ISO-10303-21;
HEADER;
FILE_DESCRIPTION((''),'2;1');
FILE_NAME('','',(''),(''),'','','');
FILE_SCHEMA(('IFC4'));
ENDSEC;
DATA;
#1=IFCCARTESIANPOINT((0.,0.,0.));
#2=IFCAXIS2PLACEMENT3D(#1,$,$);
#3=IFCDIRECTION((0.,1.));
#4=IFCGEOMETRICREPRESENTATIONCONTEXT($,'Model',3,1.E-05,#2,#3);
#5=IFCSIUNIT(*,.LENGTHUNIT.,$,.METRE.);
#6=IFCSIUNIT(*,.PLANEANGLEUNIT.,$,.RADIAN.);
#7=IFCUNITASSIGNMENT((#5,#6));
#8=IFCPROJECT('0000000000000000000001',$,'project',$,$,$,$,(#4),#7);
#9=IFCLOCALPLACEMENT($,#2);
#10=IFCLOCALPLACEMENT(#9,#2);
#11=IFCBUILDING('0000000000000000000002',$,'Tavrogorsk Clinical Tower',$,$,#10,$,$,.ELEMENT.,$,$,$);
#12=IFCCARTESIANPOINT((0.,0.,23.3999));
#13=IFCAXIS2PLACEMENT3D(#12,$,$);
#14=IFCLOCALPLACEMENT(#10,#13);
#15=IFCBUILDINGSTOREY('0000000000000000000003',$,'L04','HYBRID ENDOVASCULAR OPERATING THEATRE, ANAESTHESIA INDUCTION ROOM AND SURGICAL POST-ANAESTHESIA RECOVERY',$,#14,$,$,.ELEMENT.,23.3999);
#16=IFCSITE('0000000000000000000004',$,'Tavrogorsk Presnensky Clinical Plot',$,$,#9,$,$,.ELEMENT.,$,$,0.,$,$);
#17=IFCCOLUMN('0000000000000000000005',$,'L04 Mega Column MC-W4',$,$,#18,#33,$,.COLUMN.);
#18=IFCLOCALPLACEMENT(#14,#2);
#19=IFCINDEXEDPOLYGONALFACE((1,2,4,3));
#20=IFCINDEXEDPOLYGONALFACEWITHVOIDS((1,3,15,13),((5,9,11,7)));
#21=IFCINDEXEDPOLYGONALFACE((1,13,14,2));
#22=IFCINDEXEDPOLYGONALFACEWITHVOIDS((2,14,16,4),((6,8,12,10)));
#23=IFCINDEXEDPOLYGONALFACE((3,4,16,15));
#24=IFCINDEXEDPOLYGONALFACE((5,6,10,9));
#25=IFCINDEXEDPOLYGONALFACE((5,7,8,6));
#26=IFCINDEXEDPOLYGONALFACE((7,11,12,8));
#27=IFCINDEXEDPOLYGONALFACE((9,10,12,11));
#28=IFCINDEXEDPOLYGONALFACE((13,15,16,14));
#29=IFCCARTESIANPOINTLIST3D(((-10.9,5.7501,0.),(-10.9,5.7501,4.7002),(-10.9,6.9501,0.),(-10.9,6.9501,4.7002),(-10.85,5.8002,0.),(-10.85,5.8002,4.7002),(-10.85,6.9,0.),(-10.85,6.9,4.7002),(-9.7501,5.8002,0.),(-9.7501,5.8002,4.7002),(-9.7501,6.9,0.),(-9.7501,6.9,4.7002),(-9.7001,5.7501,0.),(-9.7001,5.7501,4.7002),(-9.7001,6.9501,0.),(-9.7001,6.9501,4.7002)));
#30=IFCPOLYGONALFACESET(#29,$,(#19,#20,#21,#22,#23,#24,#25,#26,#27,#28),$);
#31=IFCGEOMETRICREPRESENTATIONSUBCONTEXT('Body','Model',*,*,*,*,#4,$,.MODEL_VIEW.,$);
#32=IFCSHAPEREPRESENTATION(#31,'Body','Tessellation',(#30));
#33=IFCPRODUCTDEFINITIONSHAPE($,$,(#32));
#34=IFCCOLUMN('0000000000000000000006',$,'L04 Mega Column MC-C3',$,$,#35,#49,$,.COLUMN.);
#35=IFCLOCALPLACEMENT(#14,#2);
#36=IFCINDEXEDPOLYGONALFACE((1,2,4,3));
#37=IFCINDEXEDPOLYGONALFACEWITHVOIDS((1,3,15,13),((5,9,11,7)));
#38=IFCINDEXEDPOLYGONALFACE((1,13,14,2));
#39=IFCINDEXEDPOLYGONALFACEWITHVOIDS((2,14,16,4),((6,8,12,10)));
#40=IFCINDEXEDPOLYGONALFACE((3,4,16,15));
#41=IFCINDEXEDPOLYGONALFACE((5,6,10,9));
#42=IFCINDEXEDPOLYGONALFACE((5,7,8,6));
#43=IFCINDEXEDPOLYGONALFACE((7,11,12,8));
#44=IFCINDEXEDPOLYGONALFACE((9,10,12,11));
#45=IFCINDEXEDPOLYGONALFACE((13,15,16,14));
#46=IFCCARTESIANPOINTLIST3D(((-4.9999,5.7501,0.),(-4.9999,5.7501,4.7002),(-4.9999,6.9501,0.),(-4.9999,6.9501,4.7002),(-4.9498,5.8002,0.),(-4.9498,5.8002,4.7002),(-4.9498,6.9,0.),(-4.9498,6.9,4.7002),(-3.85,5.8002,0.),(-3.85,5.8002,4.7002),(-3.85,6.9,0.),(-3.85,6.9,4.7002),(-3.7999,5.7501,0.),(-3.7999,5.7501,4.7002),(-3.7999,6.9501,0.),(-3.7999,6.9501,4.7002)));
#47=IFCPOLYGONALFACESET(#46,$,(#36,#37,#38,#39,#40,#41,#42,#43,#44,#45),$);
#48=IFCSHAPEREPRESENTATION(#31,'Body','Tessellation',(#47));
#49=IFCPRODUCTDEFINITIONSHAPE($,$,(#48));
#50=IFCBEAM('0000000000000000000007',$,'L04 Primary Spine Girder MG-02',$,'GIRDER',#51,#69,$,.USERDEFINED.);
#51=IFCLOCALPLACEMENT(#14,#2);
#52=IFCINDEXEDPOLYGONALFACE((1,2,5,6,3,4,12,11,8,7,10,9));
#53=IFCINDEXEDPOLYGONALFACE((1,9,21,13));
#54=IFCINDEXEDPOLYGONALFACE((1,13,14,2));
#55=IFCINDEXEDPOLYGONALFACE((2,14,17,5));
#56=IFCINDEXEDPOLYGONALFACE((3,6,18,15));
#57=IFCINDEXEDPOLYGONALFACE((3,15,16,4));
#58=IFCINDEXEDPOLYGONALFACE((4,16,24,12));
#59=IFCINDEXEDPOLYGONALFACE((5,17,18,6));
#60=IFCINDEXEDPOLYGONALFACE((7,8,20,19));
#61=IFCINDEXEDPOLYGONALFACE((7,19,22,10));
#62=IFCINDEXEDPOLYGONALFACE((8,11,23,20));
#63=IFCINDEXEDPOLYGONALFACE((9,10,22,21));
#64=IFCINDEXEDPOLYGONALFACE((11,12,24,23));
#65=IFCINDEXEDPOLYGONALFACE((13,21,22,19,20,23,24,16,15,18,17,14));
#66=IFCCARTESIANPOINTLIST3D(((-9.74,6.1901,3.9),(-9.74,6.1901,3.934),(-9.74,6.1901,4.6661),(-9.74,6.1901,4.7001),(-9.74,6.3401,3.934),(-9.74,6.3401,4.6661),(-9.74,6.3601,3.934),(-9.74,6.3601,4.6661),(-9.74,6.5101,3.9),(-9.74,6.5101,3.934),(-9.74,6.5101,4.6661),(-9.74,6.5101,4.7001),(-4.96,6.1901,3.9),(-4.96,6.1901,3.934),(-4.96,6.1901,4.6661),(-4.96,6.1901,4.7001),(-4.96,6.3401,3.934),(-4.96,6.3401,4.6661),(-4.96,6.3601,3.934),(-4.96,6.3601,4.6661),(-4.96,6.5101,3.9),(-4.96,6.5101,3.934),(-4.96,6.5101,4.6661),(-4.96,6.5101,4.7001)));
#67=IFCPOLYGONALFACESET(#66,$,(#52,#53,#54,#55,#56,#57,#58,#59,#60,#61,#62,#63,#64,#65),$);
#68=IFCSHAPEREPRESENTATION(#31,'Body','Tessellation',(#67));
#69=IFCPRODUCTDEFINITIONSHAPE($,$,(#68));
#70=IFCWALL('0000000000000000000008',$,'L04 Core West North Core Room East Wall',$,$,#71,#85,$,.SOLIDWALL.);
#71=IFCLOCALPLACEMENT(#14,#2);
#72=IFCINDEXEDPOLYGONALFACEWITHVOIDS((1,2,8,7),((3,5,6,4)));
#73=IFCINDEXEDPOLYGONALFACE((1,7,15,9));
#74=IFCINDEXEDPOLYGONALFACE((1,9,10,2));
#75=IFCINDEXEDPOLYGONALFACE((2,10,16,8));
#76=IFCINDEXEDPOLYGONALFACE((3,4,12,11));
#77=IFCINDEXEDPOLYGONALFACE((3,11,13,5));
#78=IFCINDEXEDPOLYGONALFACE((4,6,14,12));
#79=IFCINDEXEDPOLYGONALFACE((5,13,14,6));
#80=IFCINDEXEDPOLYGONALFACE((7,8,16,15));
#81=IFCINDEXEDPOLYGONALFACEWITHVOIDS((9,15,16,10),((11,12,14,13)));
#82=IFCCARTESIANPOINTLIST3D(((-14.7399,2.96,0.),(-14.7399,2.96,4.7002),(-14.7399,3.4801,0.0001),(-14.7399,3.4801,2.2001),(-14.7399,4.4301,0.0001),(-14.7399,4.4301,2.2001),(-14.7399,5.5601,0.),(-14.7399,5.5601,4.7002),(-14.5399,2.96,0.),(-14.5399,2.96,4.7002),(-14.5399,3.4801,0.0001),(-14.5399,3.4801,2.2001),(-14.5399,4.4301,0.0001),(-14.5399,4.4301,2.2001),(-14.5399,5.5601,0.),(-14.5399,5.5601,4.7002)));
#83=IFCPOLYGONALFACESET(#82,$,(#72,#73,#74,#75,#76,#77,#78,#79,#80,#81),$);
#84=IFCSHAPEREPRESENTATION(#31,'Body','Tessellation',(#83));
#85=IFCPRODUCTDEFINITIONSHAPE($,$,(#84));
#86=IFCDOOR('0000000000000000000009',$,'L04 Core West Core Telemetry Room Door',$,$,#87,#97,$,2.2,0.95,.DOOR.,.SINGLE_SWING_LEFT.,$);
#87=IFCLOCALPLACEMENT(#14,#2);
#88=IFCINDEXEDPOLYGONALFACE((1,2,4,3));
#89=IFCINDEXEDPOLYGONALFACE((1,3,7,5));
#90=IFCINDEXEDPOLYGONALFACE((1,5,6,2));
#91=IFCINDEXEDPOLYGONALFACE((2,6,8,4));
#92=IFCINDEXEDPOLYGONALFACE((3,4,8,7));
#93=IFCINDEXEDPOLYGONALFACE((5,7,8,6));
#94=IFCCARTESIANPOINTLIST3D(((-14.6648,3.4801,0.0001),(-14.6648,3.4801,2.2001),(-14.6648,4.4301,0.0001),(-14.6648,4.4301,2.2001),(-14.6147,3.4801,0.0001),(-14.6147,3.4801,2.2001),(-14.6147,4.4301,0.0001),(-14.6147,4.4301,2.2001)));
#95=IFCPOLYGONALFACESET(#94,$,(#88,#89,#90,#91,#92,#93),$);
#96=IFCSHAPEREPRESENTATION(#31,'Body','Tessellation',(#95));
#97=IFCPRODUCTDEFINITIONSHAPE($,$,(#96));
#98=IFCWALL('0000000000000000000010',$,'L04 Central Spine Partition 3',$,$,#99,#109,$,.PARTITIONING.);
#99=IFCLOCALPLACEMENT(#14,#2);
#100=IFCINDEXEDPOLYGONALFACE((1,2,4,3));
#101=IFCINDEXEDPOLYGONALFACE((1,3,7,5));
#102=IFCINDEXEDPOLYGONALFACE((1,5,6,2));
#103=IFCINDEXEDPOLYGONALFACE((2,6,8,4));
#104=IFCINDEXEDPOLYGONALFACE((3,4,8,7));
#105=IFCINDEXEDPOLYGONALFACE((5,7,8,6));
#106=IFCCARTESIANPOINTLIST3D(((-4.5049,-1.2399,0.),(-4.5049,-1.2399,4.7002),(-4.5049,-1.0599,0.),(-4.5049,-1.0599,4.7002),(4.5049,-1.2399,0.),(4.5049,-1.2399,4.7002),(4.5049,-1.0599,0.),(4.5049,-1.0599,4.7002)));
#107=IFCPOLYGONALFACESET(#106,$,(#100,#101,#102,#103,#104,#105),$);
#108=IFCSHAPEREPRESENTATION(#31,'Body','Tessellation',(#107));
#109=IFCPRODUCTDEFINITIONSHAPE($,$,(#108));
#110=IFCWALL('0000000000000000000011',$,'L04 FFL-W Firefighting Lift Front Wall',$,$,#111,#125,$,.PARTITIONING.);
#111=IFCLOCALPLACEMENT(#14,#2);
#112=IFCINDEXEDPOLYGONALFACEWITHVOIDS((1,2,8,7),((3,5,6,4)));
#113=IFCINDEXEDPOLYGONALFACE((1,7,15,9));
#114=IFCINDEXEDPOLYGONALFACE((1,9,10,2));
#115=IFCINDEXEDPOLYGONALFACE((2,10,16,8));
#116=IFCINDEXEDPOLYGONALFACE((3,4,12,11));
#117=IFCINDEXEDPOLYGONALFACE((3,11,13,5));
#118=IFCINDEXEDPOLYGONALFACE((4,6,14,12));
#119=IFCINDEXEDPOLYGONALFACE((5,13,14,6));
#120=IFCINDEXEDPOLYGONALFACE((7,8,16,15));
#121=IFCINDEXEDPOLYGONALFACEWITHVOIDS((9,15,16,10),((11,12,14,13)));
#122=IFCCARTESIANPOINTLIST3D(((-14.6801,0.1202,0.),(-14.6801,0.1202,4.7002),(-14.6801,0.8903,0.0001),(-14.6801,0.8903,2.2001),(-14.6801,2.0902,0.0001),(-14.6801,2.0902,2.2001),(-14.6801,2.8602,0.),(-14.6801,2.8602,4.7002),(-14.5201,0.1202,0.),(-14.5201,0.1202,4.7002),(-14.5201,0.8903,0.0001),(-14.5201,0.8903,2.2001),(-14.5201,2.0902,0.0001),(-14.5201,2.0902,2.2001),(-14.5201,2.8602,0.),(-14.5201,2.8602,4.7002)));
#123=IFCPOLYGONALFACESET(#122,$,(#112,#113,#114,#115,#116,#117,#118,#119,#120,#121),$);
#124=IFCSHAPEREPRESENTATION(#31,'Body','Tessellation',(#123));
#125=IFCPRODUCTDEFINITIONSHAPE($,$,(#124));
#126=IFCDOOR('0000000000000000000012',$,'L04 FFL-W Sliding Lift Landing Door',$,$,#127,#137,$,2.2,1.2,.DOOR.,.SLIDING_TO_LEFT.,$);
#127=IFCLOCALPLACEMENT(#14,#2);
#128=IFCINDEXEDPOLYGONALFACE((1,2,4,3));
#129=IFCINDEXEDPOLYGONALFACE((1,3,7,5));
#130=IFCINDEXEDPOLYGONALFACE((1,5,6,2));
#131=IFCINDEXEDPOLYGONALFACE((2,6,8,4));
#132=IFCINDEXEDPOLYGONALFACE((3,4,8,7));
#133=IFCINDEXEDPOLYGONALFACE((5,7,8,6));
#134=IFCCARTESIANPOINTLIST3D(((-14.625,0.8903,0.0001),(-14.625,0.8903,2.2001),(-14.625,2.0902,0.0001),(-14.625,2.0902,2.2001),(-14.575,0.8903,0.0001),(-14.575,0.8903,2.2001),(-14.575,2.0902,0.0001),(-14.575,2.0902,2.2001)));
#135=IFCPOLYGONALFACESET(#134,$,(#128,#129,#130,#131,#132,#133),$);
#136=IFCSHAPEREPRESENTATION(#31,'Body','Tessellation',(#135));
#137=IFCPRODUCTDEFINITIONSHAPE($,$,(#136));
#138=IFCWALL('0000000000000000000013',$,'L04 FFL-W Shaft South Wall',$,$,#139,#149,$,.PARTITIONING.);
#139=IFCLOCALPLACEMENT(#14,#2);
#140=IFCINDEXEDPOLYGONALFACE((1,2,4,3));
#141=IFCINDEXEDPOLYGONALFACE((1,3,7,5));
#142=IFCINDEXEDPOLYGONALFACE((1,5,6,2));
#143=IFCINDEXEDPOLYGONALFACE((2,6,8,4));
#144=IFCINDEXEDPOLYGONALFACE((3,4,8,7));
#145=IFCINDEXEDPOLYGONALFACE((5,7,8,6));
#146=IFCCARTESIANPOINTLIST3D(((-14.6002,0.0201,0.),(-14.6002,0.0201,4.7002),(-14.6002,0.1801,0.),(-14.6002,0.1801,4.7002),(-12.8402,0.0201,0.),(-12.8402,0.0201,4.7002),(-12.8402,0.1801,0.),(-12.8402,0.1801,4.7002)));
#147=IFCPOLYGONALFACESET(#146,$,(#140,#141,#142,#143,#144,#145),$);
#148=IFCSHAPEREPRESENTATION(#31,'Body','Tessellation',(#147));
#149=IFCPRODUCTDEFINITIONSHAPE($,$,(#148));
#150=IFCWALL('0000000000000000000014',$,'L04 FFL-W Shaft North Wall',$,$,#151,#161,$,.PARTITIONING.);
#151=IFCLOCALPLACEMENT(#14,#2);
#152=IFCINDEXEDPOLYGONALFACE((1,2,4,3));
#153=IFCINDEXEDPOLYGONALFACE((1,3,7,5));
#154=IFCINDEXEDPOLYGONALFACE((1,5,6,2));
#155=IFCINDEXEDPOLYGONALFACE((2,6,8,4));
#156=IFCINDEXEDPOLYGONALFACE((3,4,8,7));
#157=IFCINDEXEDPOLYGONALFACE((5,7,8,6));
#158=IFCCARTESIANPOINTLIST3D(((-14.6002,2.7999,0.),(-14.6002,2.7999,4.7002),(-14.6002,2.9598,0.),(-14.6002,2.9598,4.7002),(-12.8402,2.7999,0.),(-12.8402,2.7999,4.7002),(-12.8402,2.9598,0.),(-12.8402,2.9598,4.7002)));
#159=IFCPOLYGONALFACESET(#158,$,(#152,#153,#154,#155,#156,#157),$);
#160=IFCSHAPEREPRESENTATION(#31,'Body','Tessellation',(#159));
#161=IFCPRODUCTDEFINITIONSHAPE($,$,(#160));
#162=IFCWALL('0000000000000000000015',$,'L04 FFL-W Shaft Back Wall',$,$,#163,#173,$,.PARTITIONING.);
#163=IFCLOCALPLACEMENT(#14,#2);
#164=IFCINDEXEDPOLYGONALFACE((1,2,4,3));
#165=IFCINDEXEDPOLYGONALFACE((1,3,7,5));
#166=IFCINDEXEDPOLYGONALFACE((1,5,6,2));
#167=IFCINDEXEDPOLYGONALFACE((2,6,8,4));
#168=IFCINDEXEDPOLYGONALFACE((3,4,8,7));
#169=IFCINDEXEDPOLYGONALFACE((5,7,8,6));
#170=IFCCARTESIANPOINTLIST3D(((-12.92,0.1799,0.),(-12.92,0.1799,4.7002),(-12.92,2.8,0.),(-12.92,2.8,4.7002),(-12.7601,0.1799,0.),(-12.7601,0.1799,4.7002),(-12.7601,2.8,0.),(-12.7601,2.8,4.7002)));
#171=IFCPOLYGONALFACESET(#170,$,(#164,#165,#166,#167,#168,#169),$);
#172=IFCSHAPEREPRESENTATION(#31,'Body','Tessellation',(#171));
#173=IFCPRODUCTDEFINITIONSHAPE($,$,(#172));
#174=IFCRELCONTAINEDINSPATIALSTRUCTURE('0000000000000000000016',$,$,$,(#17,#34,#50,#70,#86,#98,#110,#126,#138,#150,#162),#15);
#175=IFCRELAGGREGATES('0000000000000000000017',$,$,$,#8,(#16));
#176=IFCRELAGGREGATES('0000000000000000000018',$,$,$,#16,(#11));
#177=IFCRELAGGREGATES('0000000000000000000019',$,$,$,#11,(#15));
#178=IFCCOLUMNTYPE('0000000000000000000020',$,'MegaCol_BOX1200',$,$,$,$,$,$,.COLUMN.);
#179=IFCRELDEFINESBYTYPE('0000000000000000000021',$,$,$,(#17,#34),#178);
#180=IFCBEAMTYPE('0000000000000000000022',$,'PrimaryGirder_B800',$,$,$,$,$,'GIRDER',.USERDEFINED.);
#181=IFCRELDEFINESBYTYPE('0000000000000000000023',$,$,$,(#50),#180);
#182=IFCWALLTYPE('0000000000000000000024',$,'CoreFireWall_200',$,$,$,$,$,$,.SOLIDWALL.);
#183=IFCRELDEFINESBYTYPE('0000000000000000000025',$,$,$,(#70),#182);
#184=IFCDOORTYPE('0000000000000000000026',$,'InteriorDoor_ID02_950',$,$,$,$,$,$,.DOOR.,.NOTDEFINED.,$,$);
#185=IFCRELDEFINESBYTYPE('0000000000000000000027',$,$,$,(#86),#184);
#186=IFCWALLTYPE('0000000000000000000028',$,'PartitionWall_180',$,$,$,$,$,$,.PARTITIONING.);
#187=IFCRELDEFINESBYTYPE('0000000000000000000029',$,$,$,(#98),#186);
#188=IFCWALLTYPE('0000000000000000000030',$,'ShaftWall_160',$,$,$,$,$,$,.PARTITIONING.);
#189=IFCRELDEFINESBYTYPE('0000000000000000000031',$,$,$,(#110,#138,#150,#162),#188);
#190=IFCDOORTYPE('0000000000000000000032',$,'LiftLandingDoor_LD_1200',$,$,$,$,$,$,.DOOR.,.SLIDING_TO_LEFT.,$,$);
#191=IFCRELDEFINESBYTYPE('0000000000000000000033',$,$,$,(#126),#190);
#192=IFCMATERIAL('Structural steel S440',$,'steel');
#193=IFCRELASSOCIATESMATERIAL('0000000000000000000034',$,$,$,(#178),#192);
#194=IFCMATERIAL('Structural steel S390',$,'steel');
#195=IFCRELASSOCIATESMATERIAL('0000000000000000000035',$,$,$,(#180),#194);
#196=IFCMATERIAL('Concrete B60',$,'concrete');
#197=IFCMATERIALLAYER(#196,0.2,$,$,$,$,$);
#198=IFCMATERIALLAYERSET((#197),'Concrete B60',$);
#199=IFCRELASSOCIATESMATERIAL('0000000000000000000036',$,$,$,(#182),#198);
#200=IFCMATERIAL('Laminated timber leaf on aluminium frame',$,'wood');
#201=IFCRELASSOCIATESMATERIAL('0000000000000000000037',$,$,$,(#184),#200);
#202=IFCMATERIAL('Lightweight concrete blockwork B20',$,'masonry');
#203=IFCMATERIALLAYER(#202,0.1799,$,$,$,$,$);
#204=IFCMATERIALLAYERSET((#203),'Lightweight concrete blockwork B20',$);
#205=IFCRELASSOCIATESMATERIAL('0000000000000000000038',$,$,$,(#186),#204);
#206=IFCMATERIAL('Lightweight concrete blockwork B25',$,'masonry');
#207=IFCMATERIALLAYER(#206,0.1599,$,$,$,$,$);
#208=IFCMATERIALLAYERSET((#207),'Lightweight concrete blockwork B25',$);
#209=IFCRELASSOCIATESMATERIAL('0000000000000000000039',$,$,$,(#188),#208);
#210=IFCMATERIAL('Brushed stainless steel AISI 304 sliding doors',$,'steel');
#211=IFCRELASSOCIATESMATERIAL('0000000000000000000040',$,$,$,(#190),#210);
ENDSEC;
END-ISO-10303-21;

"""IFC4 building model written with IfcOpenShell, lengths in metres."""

from ifc_helpers import new_model, si_unit, direction, frame, frame_2d, origin, origin_2d, place, context, subcontext, project, spatial, rectangle, hollow_rectangle, i_section, extrude, material, layer, layer_set, material_profile, profile_set, type_object, element, fill, save


model = new_model("IFC4")

# Units and contexts
model_context = context("Model", 3, precision=1e-05, world=origin(), true_north=direction((0.0, 1.0)))
body_context = subcontext(model_context, "Body", "Model", "MODEL_VIEW")
ifc_project = project(units=[si_unit("LENGTHUNIT", "METRE"), si_unit("PLANEANGLEUNIT", "RADIAN")], contexts=[model_context])

# Site, building, storey
site_placement = place(None, origin())
site = spatial("IfcSite", under=ifc_project, at=site_placement, Name="Tavrogorsk Presnensky Clinical Plot", CompositionType="ELEMENT", RefElevation=0.0)
building_placement = place(site_placement, origin())
building = spatial("IfcBuilding", under=site, at=building_placement, Name="Tavrogorsk Clinical Tower", CompositionType="ELEMENT")
storey_placement = place(building_placement, frame((0.0, 0.0, 23.3999)))
storey = spatial("IfcBuildingStorey", under=building, at=storey_placement, Name="L04", Description="HYBRID ENDOVASCULAR OPERATING THEATRE, ANAESTHESIA INDUCTION ROOM AND SURGICAL POST-ANAESTHESIA RECOVERY", CompositionType="ELEMENT", Elevation=23.3999)

# Columns
ifc_material_1 = material(Name="Structural steel S440", Category="steel")
ifc_material_profile_1 = material_profile(ifc_material_1, hollow_rectangle(XDim=1.2, YDim=1.2, WallThickness=0.05, at=origin_2d()), Name="BOX-1200x1200x50")
ifc_profile_set_1 = profile_set([ifc_material_profile_1], Name="Structural steel S440")
column_type = type_object("IfcColumnType", Name="MegaCol_BOX1200", PredefinedType="COLUMN", material=ifc_profile_set_1)
for number, where, z_axis, x_axis, name in (
    (1, (-10.3, 6.3501, 0.0), (0.0, 0.0, 1.0), (1.0, 0.0, 0.0), "L04 Mega Column MC-W4"),
    (2, (-4.3999, 6.3501, 0.0), (0.0, 0.0, 1.0), (1.0, 0.0, 0.0), "L04 Mega Column MC-C3"),
):
    element("IfcColumn", number, at=place(storey_placement, frame(where, z_axis=z_axis, x_axis=x_axis)), inside=storey, type_object=column_type, Name=name, PredefinedType="COLUMN", context=body_context, shape_type="SweptSolid", body=[
        extrude(hollow_rectangle(XDim=1.2, YDim=1.2, WallThickness=0.05, at=origin_2d()), origin(), (0.0, 0.0, 1.0), 4.7002),
    ])

# Beam
ifc_material_2 = material(Name="Structural steel S390", Category="steel")
ifc_material_profile_2 = material_profile(ifc_material_2, i_section(OverallWidth=0.3201, OverallDepth=0.8, WebThickness=0.02, FlangeThickness=0.0339, at=origin_2d()), Name="B-800x320x20x34")
ifc_profile_set_2 = profile_set([ifc_material_profile_2], Name="Structural steel S390")
beam_type = type_object("IfcBeamType", Name="PrimaryGirder_B800", ElementType="GIRDER", PredefinedType="USERDEFINED", material=ifc_profile_set_2)
beam_placement = place(storey_placement, frame((-9.74, 6.3501, 4.3), z_axis=(1.0, 0.0, 0.0), x_axis=(0.0, 1.0, 0.0)))
element("IfcBeam", 3, at=beam_placement, inside=storey, type_object=beam_type, Name="L04 Primary Spine Girder MG-02", ObjectType="GIRDER", PredefinedType="USERDEFINED", context=body_context, shape_type="SweptSolid", body=[
    extrude(i_section(OverallWidth=0.3201, OverallDepth=0.8, WebThickness=0.02, FlangeThickness=0.0339, at=origin_2d()), origin(), (0.0, 0.0, 1.0), 4.78),
])

# Wall, opening, door
ifc_material_3 = material(Name="Concrete B60", Category="concrete")
ifc_layer_1 = layer(ifc_material_3, 0.2)
ifc_layer_set_1 = layer_set([ifc_layer_1], Name="Concrete B60")
wall_type_1 = type_object("IfcWallType", Name="CoreFireWall_200", PredefinedType="SOLIDWALL", material=ifc_layer_set_1)
wall_1_placement = place(storey_placement, frame((-14.6399, 2.96, 0.0), z_axis=(0.0, 0.0, 1.0), x_axis=(0.0, 1.0, 0.0)))
wall_1 = element("IfcWall", 4, at=wall_1_placement, inside=storey, type_object=wall_type_1, Name="L04 Core West North Core Room East Wall", PredefinedType="SOLIDWALL", context=body_context, shape_type="SweptSolid", body=[
    extrude(rectangle(XDim=2.6001, YDim=0.2, at=frame_2d((1.3, 0.0))), origin(), (0.0, 0.0, 1.0), 4.7002),
])
opening_1_placement = place(wall_1_placement, frame((0.52, 0.0, 0.0)))
opening_1 = element("IfcOpeningElement", 5, at=opening_1_placement, cuts=wall_1, PredefinedType="OPENING", context=body_context, shape_type="SweptSolid", body=[
    extrude(rectangle(XDim=0.95, YDim=2.2, at=frame_2d((0.4751, 1.1001))), frame((0.0, 0.1099, 0.0), z_axis=(0.0, -1.0, 0.0), x_axis=(1.0, 0.0, 0.0)), (0.0, 0.0, 1.0), 0.22),
])
ifc_material_4 = material(Name="Laminated timber leaf on aluminium frame", Category="wood")
door_type_1 = type_object("IfcDoorType", Name="InteriorDoor_ID02_950", OperationType="NOTDEFINED", PredefinedType="DOOR", material=ifc_material_4)
door_1_placement = place(opening_1_placement, origin())
door_1 = element("IfcDoor", 6, at=door_1_placement, inside=storey, type_object=door_type_1, Name="L04 Core West Core Telemetry Room Door", OperationType="SINGLE_SWING_LEFT", OverallHeight=2.2, OverallWidth=0.95, PredefinedType="DOOR", context=body_context, shape_type="SweptSolid", body=[
    extrude(rectangle(XDim=0.95, YDim=2.2, at=frame_2d((0.4751, 1.1001))), frame((0.0, 0.0249, 0.0), z_axis=(0.0, -1.0, 0.0), x_axis=(1.0, 0.0, 0.0)), (0.0, 0.0, 1.0), 0.05),
])
fill(opening_1, door_1)

# Wall
ifc_material_5 = material(Name="Lightweight concrete blockwork B20", Category="masonry")
ifc_layer_2 = layer(ifc_material_5, 0.1799)
ifc_layer_set_2 = layer_set([ifc_layer_2], Name="Lightweight concrete blockwork B20")
wall_type_2 = type_object("IfcWallType", Name="PartitionWall_180", PredefinedType="PARTITIONING", material=ifc_layer_set_2)
wall_2_placement = place(storey_placement, frame((-4.5049, -1.1499, 0.0), z_axis=(0.0, 0.0, 1.0), x_axis=(1.0, 0.0, 0.0)))
element("IfcWall", 7, at=wall_2_placement, inside=storey, type_object=wall_type_2, Name="L04 Central Spine Partition 3", PredefinedType="PARTITIONING", context=body_context, shape_type="SweptSolid", body=[
    extrude(rectangle(XDim=9.0098, YDim=0.1799, at=frame_2d((4.5049, 0.0))), origin(), (0.0, 0.0, 1.0), 4.7002),
])

# Wall, opening, door
ifc_material_6 = material(Name="Lightweight concrete blockwork B25", Category="masonry")
ifc_layer_3 = layer(ifc_material_6, 0.1599)
ifc_layer_set_3 = layer_set([ifc_layer_3], Name="Lightweight concrete blockwork B25")
wall_type_3 = type_object("IfcWallType", Name="ShaftWall_160", PredefinedType="PARTITIONING", material=ifc_layer_set_3)
wall_3_placement = place(storey_placement, frame((-14.6001, 0.1201, 0.0), z_axis=(0.0, 0.0, 1.0), x_axis=(0.0, 1.0, 0.0)))
wall_3 = element("IfcWall", 8, at=wall_3_placement, inside=storey, type_object=wall_type_3, Name="L04 FFL-W Firefighting Lift Front Wall", PredefinedType="PARTITIONING", context=body_context, shape_type="SweptSolid", body=[
    extrude(rectangle(XDim=2.74, YDim=0.1599, at=frame_2d((1.3701, 0.0))), origin(), (0.0, 0.0, 1.0), 4.7002),
])
opening_2_placement = place(wall_3_placement, frame((0.77, 0.0, 0.0)))
opening_2 = element("IfcOpeningElement", 9, at=opening_2_placement, cuts=wall_3, PredefinedType="OPENING", context=body_context, shape_type="SweptSolid", body=[
    extrude(rectangle(XDim=1.2, YDim=2.2, at=frame_2d((0.6001, 1.1001))), frame((0.0, 0.0898, 0.0), z_axis=(0.0, -1.0, 0.0), x_axis=(1.0, 0.0, 0.0)), (0.0, 0.0, 1.0), 0.1799),
])
ifc_material_7 = material(Name="Brushed stainless steel AISI 304 sliding doors", Category="steel")
door_type_2 = type_object("IfcDoorType", Name="LiftLandingDoor_LD_1200", OperationType="SLIDING_TO_LEFT", PredefinedType="DOOR", material=ifc_material_7)
door_2_placement = place(opening_2_placement, origin())
door_2 = element("IfcDoor", 10, at=door_2_placement, inside=storey, type_object=door_type_2, Name="L04 FFL-W Sliding Lift Landing Door", OperationType="SLIDING_TO_LEFT", OverallHeight=2.2, OverallWidth=1.2, PredefinedType="DOOR", context=body_context, shape_type="SweptSolid", body=[
    extrude(rectangle(XDim=1.2, YDim=2.2, at=frame_2d((0.6001, 1.1001))), frame((0.0, 0.0249, 0.0), z_axis=(0.0, -1.0, 0.0), x_axis=(1.0, 0.0, 0.0)), (0.0, 0.0, 1.0), 0.05),
])
fill(opening_2, door_2)

# Walls
for number, where, z_axis, x_axis, name in (
    (11, (-14.6001, 0.1001, 0.0), (0.0, 0.0, 1.0), (1.0, 0.0, 0.0), "L04 FFL-W Shaft South Wall"),
    (12, (-14.6001, 2.8799, 0.0), (0.0, 0.0, 1.0), (1.0, 0.0, 0.0), "L04 FFL-W Shaft North Wall"),
):
    element("IfcWall", number, at=place(storey_placement, frame(where, z_axis=z_axis, x_axis=x_axis)), inside=storey, type_object=wall_type_3, Name=name, PredefinedType="PARTITIONING", context=body_context, shape_type="SweptSolid", body=[
        extrude(rectangle(XDim=1.76, YDim=0.1599, at=frame_2d((0.8799, 0.0))), origin(), (0.0, 0.0, 1.0), 4.7002),
    ])
wall_4_placement = place(storey_placement, frame((-12.8401, 0.1799, 0.0), z_axis=(0.0, 0.0, 1.0), x_axis=(0.0, 1.0, 0.0)))
element("IfcWall", 13, at=wall_4_placement, inside=storey, type_object=wall_type_3, Name="L04 FFL-W Shaft Back Wall", PredefinedType="PARTITIONING", context=body_context, shape_type="SweptSolid", body=[
    extrude(rectangle(XDim=2.6201, YDim=0.1599, at=frame_2d((1.3101, 0.0))), origin(), (0.0, 0.0, 1.0), 4.7002),
])

save(model, "model.ifc")
